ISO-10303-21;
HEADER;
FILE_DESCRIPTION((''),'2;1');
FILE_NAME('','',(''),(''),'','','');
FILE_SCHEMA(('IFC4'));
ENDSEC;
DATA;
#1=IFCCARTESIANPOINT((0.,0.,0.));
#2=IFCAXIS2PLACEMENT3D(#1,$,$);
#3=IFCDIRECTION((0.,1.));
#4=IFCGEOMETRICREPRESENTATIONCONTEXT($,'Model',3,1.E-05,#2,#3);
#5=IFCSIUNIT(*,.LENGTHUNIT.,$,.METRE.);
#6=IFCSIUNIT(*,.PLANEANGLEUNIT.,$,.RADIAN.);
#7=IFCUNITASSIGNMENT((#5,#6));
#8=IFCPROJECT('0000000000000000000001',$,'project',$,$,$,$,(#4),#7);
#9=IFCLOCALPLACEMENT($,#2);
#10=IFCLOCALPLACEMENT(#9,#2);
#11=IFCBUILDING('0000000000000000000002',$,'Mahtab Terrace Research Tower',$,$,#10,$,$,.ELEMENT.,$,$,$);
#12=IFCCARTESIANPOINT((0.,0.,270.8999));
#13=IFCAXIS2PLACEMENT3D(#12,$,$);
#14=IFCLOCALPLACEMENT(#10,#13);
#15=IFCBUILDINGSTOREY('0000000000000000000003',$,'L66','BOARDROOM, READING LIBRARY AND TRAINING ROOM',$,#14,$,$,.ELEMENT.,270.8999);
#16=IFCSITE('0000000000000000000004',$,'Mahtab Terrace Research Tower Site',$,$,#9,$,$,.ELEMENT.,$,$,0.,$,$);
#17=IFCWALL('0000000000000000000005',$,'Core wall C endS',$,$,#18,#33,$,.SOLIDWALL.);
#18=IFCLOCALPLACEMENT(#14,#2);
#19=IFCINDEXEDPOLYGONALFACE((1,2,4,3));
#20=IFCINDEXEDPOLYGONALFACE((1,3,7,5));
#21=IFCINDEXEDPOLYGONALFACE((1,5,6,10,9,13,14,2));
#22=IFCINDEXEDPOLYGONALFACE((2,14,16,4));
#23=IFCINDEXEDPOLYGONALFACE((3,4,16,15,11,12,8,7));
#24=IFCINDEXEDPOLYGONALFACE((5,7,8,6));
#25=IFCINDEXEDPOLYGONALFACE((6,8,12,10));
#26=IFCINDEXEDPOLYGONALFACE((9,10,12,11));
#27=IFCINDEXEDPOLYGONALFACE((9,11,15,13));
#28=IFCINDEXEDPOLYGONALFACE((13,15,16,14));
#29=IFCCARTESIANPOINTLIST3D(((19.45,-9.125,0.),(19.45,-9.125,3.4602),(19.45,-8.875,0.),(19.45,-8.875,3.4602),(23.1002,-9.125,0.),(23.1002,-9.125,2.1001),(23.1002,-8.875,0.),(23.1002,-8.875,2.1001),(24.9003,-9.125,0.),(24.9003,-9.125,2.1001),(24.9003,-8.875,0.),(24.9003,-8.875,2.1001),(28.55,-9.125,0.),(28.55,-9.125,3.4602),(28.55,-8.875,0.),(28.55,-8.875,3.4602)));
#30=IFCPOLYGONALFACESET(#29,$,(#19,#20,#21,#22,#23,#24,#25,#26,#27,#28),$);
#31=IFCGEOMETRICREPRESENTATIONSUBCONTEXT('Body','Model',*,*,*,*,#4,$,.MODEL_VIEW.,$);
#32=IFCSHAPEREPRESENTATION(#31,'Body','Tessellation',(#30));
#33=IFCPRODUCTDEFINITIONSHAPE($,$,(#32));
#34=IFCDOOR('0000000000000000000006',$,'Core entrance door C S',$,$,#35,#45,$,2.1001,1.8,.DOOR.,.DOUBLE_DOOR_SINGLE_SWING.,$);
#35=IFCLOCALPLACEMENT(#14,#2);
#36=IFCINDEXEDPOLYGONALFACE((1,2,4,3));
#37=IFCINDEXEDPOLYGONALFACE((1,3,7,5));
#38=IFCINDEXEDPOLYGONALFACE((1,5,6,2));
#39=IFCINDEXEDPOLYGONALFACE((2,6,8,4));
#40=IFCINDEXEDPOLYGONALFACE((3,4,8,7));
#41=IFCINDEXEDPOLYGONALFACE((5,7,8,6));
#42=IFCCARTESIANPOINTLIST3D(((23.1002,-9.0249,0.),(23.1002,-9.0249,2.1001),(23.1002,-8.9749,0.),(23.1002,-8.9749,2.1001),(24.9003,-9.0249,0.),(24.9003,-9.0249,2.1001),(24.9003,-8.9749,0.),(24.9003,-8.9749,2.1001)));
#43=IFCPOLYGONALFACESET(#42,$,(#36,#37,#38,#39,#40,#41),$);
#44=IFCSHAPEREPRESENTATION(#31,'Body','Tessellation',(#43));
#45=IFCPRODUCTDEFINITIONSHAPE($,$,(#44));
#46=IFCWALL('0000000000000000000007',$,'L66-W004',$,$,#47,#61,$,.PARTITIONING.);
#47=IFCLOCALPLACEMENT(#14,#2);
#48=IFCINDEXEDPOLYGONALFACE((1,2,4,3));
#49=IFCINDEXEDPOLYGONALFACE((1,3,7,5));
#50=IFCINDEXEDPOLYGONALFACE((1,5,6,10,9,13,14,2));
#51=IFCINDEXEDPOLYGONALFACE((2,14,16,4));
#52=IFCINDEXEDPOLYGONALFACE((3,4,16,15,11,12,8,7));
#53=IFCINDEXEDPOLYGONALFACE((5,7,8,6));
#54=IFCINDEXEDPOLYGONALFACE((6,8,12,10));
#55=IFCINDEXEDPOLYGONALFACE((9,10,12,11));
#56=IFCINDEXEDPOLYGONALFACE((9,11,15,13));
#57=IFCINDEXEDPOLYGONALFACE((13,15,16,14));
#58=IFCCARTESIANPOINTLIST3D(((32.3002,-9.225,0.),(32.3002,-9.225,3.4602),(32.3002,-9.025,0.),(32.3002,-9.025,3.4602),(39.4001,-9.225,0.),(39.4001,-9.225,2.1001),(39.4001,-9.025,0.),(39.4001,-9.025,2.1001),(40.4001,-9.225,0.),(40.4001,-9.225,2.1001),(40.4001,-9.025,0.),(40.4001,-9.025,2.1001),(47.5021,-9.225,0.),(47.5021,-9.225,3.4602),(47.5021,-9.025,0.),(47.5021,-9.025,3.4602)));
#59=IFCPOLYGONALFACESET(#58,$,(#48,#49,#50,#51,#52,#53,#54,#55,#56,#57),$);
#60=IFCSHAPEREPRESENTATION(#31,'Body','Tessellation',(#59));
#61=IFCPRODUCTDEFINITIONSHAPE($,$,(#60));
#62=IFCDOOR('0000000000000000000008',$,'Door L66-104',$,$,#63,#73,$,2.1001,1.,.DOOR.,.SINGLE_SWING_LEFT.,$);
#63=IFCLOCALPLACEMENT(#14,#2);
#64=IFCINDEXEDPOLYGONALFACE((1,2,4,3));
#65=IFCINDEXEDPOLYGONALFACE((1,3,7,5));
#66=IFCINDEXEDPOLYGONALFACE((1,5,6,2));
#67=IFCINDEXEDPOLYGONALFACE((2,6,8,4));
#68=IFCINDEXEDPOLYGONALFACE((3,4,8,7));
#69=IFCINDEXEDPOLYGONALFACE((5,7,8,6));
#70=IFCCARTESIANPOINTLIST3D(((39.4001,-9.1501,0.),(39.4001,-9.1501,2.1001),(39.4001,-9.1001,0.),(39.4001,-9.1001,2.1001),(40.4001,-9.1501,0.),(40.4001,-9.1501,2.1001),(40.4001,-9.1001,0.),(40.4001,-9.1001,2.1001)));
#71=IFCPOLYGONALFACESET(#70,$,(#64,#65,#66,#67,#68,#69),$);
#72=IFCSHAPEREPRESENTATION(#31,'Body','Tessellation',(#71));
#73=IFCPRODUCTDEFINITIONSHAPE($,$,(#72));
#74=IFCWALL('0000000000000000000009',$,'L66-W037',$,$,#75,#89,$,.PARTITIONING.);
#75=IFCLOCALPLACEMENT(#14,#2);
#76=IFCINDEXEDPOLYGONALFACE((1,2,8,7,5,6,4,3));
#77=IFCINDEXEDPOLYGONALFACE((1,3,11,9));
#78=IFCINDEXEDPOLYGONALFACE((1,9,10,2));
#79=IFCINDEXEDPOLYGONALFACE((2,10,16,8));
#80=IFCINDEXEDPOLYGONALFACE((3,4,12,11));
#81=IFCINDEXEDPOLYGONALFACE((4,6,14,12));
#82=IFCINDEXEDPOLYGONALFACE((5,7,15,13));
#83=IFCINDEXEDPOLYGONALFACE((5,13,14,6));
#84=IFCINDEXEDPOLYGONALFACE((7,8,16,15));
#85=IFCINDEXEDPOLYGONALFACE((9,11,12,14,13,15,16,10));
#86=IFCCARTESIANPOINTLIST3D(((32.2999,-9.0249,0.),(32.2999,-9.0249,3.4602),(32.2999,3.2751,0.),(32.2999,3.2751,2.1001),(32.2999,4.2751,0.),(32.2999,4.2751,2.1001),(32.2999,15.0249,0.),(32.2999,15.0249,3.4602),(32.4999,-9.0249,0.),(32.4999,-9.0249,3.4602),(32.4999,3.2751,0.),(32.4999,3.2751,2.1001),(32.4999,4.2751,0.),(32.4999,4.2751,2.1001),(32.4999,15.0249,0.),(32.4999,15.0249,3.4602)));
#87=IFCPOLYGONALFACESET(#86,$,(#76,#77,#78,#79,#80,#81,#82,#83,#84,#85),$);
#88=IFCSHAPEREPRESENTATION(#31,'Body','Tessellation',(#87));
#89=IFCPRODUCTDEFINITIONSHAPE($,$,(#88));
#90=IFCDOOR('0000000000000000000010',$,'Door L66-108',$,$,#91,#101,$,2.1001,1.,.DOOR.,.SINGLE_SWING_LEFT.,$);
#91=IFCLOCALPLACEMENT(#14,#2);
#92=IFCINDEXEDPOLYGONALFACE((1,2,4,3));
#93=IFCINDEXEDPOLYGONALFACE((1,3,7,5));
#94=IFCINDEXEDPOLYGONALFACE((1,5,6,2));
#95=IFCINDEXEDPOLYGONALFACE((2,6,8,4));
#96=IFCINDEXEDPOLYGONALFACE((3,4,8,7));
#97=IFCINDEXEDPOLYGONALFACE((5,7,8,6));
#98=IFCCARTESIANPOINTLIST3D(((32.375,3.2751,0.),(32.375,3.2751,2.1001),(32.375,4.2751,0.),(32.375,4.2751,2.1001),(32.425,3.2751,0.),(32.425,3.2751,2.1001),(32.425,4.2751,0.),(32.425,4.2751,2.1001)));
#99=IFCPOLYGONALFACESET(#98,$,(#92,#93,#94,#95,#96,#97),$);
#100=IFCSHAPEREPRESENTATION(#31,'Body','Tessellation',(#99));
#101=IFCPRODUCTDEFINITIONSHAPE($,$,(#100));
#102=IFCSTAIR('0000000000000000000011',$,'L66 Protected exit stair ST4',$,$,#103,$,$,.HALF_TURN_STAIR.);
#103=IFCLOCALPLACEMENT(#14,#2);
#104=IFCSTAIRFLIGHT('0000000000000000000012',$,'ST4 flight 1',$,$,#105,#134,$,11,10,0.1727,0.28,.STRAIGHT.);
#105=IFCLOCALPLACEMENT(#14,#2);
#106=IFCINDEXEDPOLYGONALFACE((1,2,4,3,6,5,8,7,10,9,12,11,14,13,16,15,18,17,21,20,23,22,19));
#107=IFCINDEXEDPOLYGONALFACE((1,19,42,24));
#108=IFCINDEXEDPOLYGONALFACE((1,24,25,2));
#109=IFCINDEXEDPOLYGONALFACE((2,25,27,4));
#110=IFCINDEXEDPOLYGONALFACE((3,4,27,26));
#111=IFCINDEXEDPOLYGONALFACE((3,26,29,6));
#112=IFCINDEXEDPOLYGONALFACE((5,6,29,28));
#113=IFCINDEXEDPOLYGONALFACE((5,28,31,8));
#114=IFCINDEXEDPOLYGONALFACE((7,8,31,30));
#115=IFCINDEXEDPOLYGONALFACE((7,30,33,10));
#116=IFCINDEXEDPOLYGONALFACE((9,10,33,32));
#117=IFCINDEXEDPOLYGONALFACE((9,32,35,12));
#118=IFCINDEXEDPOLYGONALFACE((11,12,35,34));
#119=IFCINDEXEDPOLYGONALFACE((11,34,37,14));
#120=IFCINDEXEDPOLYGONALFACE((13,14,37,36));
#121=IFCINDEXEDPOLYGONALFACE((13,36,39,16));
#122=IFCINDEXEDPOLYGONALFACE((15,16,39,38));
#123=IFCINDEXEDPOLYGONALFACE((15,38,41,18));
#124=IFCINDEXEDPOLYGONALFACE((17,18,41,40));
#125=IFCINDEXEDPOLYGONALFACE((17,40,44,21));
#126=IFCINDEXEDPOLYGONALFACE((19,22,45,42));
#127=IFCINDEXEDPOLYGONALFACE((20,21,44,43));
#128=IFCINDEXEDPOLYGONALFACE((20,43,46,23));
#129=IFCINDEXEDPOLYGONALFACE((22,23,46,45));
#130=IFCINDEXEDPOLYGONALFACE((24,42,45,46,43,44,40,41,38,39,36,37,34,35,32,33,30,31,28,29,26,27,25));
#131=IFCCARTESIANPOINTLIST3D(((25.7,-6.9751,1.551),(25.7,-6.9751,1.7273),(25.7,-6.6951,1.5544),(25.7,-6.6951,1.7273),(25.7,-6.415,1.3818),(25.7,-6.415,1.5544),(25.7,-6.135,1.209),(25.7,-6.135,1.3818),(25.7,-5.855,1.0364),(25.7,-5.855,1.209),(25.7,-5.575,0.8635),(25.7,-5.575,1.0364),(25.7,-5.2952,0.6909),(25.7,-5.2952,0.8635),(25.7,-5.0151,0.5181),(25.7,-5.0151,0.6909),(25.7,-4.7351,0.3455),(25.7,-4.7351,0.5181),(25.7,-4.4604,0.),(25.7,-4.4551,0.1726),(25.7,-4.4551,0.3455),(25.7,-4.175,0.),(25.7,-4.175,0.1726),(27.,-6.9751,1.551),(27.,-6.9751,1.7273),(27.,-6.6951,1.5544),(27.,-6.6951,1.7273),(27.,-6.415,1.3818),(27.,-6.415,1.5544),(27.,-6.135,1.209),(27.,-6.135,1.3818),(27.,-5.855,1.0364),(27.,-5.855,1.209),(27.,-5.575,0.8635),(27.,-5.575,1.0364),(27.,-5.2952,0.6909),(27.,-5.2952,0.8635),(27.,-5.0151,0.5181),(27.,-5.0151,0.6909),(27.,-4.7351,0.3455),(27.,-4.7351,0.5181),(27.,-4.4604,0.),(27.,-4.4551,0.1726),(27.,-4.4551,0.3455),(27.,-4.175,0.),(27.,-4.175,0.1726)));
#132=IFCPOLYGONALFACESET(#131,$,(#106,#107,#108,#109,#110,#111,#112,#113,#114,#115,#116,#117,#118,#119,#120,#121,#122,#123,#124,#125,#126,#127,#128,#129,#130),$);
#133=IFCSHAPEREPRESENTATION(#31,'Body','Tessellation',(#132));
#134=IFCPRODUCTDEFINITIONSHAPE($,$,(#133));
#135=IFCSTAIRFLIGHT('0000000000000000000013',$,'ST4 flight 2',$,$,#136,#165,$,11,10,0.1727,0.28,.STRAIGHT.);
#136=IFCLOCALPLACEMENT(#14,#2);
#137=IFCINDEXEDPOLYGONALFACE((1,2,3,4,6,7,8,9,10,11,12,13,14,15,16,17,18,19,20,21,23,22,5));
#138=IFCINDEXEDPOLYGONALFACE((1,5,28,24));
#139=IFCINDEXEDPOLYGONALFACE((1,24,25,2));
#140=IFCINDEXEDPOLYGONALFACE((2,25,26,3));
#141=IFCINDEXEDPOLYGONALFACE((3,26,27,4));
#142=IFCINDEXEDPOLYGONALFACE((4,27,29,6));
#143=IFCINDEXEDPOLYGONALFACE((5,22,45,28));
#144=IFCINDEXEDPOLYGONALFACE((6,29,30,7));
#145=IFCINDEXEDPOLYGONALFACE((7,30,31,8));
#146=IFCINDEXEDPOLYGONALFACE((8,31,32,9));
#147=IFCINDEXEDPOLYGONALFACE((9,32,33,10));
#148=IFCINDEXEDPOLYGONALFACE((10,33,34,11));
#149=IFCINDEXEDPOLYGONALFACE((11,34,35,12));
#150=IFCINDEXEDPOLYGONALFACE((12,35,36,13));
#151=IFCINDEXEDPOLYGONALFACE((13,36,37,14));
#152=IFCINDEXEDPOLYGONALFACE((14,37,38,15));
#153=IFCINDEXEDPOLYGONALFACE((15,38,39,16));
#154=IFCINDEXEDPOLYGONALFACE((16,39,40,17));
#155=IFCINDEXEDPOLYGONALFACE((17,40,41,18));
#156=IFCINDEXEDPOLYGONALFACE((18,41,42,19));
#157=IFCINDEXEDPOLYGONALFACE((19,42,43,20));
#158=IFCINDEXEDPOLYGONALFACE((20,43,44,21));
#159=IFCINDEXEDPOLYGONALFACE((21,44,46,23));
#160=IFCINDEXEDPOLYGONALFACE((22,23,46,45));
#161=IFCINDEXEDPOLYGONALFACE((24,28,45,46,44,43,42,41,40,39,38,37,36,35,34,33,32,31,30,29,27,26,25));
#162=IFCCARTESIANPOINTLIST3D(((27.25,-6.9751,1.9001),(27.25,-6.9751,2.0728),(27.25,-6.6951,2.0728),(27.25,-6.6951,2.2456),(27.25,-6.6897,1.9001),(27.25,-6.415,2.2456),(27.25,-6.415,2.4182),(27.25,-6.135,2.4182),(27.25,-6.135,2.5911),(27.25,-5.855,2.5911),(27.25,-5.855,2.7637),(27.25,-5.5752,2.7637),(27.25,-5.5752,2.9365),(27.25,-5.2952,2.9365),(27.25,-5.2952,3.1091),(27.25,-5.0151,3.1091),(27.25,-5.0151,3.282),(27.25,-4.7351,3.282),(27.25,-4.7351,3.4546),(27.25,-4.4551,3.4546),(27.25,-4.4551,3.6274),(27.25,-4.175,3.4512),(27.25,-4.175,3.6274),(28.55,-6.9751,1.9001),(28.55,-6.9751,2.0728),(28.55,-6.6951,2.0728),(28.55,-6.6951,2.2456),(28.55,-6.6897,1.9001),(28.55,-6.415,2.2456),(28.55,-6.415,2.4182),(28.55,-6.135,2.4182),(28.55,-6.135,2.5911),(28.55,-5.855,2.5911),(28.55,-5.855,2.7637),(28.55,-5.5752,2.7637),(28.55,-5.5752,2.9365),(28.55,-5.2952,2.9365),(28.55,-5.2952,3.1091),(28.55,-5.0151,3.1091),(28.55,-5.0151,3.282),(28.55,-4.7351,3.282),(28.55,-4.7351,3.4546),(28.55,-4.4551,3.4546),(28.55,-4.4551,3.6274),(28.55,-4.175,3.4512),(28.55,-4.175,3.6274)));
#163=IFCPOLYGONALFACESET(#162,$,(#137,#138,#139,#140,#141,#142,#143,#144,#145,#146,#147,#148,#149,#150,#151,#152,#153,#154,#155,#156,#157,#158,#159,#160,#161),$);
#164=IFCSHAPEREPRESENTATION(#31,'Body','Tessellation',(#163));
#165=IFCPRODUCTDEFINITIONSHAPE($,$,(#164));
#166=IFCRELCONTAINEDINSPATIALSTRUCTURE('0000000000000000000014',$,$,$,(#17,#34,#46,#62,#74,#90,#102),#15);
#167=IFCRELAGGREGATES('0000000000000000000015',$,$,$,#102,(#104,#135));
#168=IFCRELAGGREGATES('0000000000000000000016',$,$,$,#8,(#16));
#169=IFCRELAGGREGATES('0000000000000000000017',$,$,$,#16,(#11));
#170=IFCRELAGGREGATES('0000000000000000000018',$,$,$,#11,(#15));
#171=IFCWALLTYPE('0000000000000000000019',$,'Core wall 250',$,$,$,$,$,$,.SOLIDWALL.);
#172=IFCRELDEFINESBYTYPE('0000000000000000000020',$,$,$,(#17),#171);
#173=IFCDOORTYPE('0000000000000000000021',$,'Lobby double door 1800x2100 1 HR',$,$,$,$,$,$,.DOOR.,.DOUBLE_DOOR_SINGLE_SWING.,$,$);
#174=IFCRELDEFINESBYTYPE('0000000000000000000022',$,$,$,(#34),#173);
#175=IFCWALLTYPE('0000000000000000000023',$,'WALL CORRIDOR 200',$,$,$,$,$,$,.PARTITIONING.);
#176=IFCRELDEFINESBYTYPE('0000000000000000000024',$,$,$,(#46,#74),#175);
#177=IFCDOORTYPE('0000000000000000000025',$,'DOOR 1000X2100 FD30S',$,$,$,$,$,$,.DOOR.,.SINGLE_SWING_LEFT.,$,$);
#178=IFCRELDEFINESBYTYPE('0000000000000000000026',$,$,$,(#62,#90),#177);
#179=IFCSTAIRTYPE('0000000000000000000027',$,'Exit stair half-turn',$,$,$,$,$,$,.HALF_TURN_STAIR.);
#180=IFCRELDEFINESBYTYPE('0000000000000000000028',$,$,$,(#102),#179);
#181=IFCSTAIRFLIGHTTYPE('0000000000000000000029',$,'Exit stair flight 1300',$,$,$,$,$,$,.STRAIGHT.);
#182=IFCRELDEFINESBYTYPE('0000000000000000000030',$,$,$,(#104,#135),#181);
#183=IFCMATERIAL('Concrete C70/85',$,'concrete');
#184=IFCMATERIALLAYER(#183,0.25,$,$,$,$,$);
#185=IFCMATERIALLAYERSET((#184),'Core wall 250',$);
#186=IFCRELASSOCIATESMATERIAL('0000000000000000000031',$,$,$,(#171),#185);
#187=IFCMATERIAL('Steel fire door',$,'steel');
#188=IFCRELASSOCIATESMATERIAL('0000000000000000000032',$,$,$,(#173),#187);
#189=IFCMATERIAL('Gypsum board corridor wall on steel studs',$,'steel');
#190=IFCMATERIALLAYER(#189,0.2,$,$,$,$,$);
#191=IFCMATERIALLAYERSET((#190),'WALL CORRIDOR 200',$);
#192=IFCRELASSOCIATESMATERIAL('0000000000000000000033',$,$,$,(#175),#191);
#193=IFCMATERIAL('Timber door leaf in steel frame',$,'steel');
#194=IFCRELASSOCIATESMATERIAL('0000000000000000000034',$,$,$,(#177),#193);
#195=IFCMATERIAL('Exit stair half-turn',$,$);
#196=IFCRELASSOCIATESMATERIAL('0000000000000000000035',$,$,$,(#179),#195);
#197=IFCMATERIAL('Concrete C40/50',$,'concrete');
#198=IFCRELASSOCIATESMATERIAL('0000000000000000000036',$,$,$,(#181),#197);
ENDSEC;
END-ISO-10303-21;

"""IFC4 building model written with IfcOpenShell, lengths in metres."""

from ifc_helpers import new_model, si_unit, direction, frame, frame_2d, origin, place, context, subcontext, project, spatial, polyline, rectangle, outline, extrude, material, layer, layer_set, type_object, element, fill, aggregate, save


model = new_model("IFC4")

# Units and contexts
model_context = context("Model", 3, precision=1e-05, world=origin(), true_north=direction((0.0, 1.0)))
body_context = subcontext(model_context, "Body", "Model", "MODEL_VIEW")
ifc_project = project(units=[si_unit("LENGTHUNIT", "METRE"), si_unit("PLANEANGLEUNIT", "RADIAN")], contexts=[model_context])

# Site, building, storey
site_placement = place(None, origin())
site = spatial("IfcSite", under=ifc_project, at=site_placement, Name="Mahtab Terrace Research Tower Site", CompositionType="ELEMENT", RefElevation=0.0)
building_placement = place(site_placement, origin())
building = spatial("IfcBuilding", under=site, at=building_placement, Name="Mahtab Terrace Research Tower", CompositionType="ELEMENT")
storey_placement = place(building_placement, frame((0.0, 0.0, 270.8999)))
storey = spatial("IfcBuildingStorey", under=building, at=storey_placement, Name="L66", Description="BOARDROOM, READING LIBRARY AND TRAINING ROOM", CompositionType="ELEMENT", Elevation=270.8999)

# Shared definitions
ifc_material_1 = material(Name="Concrete C70/85", Category="concrete")

# Shared definitions
ifc_layer_1 = layer(ifc_material_1, 0.25)
ifc_layer_set_1 = layer_set([ifc_layer_1], Name="Core wall 250")
wall_type_1 = type_object("IfcWallType", Name="Core wall 250", PredefinedType="SOLIDWALL", material=ifc_layer_set_1)
ifc_material_2 = material(Name="Steel fire door", Category="steel")

# Walls, openings, doors
wall_1_placement = place(storey_placement, frame((28.55, -9.0, 0.0), z_axis=(0.0, 0.0, 1.0), x_axis=(-1.0, 0.0, 0.0)))
wall_1 = element("IfcWall", 1, at=wall_1_placement, inside=storey, type_object=wall_type_1, Name="Core wall C endS", PredefinedType="SOLIDWALL", context=body_context, shape_type="SweptSolid", body=[
    extrude(rectangle(XDim=9.1001, YDim=0.25, at=frame_2d((4.55, 0.0))), origin(), (0.0, 0.0, 1.0), 3.4602),
])
opening_1_placement = place(wall_1_placement, frame((3.6499, 0.0, 0.0)))
opening_1 = element("IfcOpeningElement", 2, at=opening_1_placement, cuts=wall_1, PredefinedType="OPENING", context=body_context, shape_type="SweptSolid", body=[
    extrude(rectangle(XDim=1.8, YDim=2.1001, at=frame_2d((0.8999, 1.05))), frame((0.0, 0.135, 0.0), z_axis=(0.0, -1.0, 0.0), x_axis=(1.0, 0.0, 0.0)), (0.0, 0.0, 1.0), 0.27),
])
door_type_1 = type_object("IfcDoorType", Name="Lobby double door 1800x2100 1 HR", OperationType="DOUBLE_DOOR_SINGLE_SWING", PredefinedType="DOOR", material=ifc_material_2)
door_1_placement = place(opening_1_placement, origin())
door_1 = element("IfcDoor", 3, at=door_1_placement, inside=storey, type_object=door_type_1, Name="Core entrance door C S", OperationType="DOUBLE_DOOR_SINGLE_SWING", OverallHeight=2.1001, OverallWidth=1.8, PredefinedType="DOOR", context=body_context, shape_type="SweptSolid", body=[
    extrude(rectangle(XDim=1.8, YDim=2.1001, at=frame_2d((0.8999, 1.05))), frame((0.0, 0.0249, 0.0), z_axis=(0.0, -1.0, 0.0), x_axis=(1.0, 0.0, 0.0)), (0.0, 0.0, 1.0), 0.05),
])
fill(opening_1, door_1)
ifc_material_3 = material(Name="Gypsum board corridor wall on steel studs", Category="steel")
ifc_layer_2 = layer(ifc_material_3, 0.2)
ifc_layer_set_2 = layer_set([ifc_layer_2], Name="WALL CORRIDOR 200")
wall_type_2 = type_object("IfcWallType", Name="WALL CORRIDOR 200", PredefinedType="PARTITIONING", material=ifc_layer_set_2)
wall_2_placement = place(storey_placement, frame((32.3, -9.125, 0.0), z_axis=(0.0, 0.0, 1.0), x_axis=(1.0, 0.0, 0.0)))
wall_2 = element("IfcWall", 4, at=wall_2_placement, inside=storey, type_object=wall_type_2, Name="L66-W004", PredefinedType="PARTITIONING", context=body_context, shape_type="SweptSolid", body=[
    extrude(rectangle(XDim=15.2019, YDim=0.2, at=frame_2d((7.6011, 0.0))), origin(), (0.0, 0.0, 1.0), 3.4602),
])
opening_2_placement = place(wall_2_placement, frame((7.1001, 0.0, 0.0)))
opening_2 = element("IfcOpeningElement", 5, at=opening_2_placement, cuts=wall_2, PredefinedType="OPENING", context=body_context, shape_type="SweptSolid", body=[
    extrude(rectangle(XDim=1.0, YDim=2.1001, at=frame_2d((0.5, 1.05))), frame((0.0, 0.1099, 0.0), z_axis=(0.0, -1.0, 0.0), x_axis=(1.0, 0.0, 0.0)), (0.0, 0.0, 1.0), 0.22),
])
ifc_material_4 = material(Name="Timber door leaf in steel frame", Category="steel")
door_type_2 = type_object("IfcDoorType", Name="DOOR 1000X2100 FD30S", OperationType="SINGLE_SWING_LEFT", PredefinedType="DOOR", material=ifc_material_4)
door_2_placement = place(opening_2_placement, origin())
door_2 = element("IfcDoor", 6, at=door_2_placement, inside=storey, type_object=door_type_2, Name="Door L66-104", OperationType="SINGLE_SWING_LEFT", OverallHeight=2.1001, OverallWidth=1.0, PredefinedType="DOOR", context=body_context, shape_type="SweptSolid", body=[
    extrude(rectangle(XDim=1.0, YDim=2.1001, at=frame_2d((0.5, 1.05))), frame((0.0, 0.0249, 0.0), z_axis=(0.0, -1.0, 0.0), x_axis=(1.0, 0.0, 0.0)), (0.0, 0.0, 1.0), 0.05),
])
fill(opening_2, door_2)
wall_3_placement = place(storey_placement, frame((32.3999, -9.0249, 0.0), z_axis=(0.0, 0.0, 1.0), x_axis=(0.0, 1.0, 0.0)))
wall_3 = element("IfcWall", 7, at=wall_3_placement, inside=storey, type_object=wall_type_2, Name="L66-W037", PredefinedType="PARTITIONING", context=body_context, shape_type="SweptSolid", body=[
    extrude(rectangle(XDim=24.0498, YDim=0.2, at=frame_2d((12.0249, 0.0))), origin(), (0.0, 0.0, 1.0), 3.4602),
])
opening_3_placement = place(wall_3_placement, frame((12.3, 0.0, 0.0)))
opening_3 = element("IfcOpeningElement", 8, at=opening_3_placement, cuts=wall_3, PredefinedType="OPENING", context=body_context, shape_type="SweptSolid", body=[
    extrude(rectangle(XDim=1.0, YDim=2.1001, at=frame_2d((0.5, 1.05))), frame((0.0, 0.1099, 0.0), z_axis=(0.0, -1.0, 0.0), x_axis=(1.0, 0.0, 0.0)), (0.0, 0.0, 1.0), 0.22),
])
door_3_placement = place(opening_3_placement, origin())
door_3 = element("IfcDoor", 9, at=door_3_placement, inside=storey, type_object=door_type_2, Name="Door L66-108", OperationType="SINGLE_SWING_LEFT", OverallHeight=2.1001, OverallWidth=1.0, PredefinedType="DOOR", context=body_context, shape_type="SweptSolid", body=[
    extrude(rectangle(XDim=1.0, YDim=2.1001, at=frame_2d((0.5, 1.05))), frame((0.0, 0.0249, 0.0), z_axis=(0.0, -1.0, 0.0), x_axis=(1.0, 0.0, 0.0)), (0.0, 0.0, 1.0), 0.05),
])
fill(opening_3, door_3)

# Stair, stair flights
ifc_material_5 = material(Name="Exit stair half-turn")
stair_type = type_object("IfcStairType", Name="Exit stair half-turn", PredefinedType="HALF_TURN_STAIR", material=ifc_material_5)
stair_placement = place(storey_placement, origin())
stair = element("IfcStair", 10, at=stair_placement, inside=storey, type_object=stair_type, Name="L66 Protected exit stair ST4", PredefinedType="HALF_TURN_STAIR")
ifc_material_6 = material(Name="Concrete C40/50", Category="concrete")
stair_flight_type = type_object("IfcStairFlightType", Name="Exit stair flight 1300", PredefinedType="STRAIGHT", material=ifc_material_6)
stair_flight_1_placement = place(storey_placement, frame((26.3501, -4.175, 0.0), z_axis=(0.0, 0.0, 1.0), x_axis=(0.0, -1.0, 0.0)))
stair_flight_1 = element("IfcStairFlight", 11, at=stair_flight_1_placement, type_object=stair_flight_type, Name="ST4 flight 1", NumberOfRisers=11, NumberOfTreads=10, PredefinedType="STRAIGHT", RiserHeight=0.1727, TreadLength=0.28, context=body_context, shape_type="SweptSolid", body=[
    extrude(outline(polyline([(0.0, 0.0), (0.0, 0.1726), (0.28, 0.1726), (0.28, 0.3455), (0.5601, 0.3455), (0.5601, 0.5181), (0.8401, 0.5181), (0.8401, 0.6909), (1.1201, 0.6909), (1.1201, 0.8635), (1.3999, 0.8635), (1.3999, 1.0364), (1.6799, 1.0364), (1.6799, 1.209), (1.96, 1.209), (1.96, 1.3818), (2.24, 1.3818), (2.24, 1.5544), (2.52, 1.5544), (2.52, 1.7273), (2.8, 1.7273), (2.8, 1.8999), (2.8, 1.551), (0.2854, 0.0), (0.0, 0.0)])), frame((0.0, 0.6499, 0.0), z_axis=(0.0, -1.0, 0.0), x_axis=(1.0, 0.0, 0.0)), (0.0, 0.0, 1.0), 1.3),
])
stair_flight_2_placement = place(storey_placement, frame((27.8999, -6.9751, 1.9001), z_axis=(0.0, 0.0, 1.0), x_axis=(0.0, 1.0, 0.0)))
stair_flight_2 = element("IfcStairFlight", 12, at=stair_flight_2_placement, type_object=stair_flight_type, Name="ST4 flight 2", NumberOfRisers=11, NumberOfTreads=10, PredefinedType="STRAIGHT", RiserHeight=0.1727, TreadLength=0.28, context=body_context, shape_type="SweptSolid", body=[
    extrude(outline(polyline([(0.0, 0.0), (0.0, 0.1726), (0.28, 0.1726), (0.28, 0.3455), (0.5601, 0.3455), (0.5601, 0.5181), (0.8401, 0.5181), (0.8401, 0.6909), (1.1201, 0.6909), (1.1201, 0.8635), (1.3999, 0.8635), (1.3999, 1.0364), (1.6799, 1.0364), (1.6799, 1.209), (1.96, 1.209), (1.96, 1.3818), (2.24, 1.3818), (2.24, 1.5544), (2.52, 1.5544), (2.52, 1.7273), (2.8, 1.7273), (2.8, 1.8999), (2.8, 1.551), (0.2854, 0.0), (0.0, 0.0)])), frame((0.0, 0.6499, 0.0), z_axis=(0.0, -1.0, 0.0), x_axis=(1.0, 0.0, 0.0)), (0.0, 0.0, 1.0), 1.3),
])
aggregate(stair, [stair_flight_1, stair_flight_2])

save(model, "model.ifc")
